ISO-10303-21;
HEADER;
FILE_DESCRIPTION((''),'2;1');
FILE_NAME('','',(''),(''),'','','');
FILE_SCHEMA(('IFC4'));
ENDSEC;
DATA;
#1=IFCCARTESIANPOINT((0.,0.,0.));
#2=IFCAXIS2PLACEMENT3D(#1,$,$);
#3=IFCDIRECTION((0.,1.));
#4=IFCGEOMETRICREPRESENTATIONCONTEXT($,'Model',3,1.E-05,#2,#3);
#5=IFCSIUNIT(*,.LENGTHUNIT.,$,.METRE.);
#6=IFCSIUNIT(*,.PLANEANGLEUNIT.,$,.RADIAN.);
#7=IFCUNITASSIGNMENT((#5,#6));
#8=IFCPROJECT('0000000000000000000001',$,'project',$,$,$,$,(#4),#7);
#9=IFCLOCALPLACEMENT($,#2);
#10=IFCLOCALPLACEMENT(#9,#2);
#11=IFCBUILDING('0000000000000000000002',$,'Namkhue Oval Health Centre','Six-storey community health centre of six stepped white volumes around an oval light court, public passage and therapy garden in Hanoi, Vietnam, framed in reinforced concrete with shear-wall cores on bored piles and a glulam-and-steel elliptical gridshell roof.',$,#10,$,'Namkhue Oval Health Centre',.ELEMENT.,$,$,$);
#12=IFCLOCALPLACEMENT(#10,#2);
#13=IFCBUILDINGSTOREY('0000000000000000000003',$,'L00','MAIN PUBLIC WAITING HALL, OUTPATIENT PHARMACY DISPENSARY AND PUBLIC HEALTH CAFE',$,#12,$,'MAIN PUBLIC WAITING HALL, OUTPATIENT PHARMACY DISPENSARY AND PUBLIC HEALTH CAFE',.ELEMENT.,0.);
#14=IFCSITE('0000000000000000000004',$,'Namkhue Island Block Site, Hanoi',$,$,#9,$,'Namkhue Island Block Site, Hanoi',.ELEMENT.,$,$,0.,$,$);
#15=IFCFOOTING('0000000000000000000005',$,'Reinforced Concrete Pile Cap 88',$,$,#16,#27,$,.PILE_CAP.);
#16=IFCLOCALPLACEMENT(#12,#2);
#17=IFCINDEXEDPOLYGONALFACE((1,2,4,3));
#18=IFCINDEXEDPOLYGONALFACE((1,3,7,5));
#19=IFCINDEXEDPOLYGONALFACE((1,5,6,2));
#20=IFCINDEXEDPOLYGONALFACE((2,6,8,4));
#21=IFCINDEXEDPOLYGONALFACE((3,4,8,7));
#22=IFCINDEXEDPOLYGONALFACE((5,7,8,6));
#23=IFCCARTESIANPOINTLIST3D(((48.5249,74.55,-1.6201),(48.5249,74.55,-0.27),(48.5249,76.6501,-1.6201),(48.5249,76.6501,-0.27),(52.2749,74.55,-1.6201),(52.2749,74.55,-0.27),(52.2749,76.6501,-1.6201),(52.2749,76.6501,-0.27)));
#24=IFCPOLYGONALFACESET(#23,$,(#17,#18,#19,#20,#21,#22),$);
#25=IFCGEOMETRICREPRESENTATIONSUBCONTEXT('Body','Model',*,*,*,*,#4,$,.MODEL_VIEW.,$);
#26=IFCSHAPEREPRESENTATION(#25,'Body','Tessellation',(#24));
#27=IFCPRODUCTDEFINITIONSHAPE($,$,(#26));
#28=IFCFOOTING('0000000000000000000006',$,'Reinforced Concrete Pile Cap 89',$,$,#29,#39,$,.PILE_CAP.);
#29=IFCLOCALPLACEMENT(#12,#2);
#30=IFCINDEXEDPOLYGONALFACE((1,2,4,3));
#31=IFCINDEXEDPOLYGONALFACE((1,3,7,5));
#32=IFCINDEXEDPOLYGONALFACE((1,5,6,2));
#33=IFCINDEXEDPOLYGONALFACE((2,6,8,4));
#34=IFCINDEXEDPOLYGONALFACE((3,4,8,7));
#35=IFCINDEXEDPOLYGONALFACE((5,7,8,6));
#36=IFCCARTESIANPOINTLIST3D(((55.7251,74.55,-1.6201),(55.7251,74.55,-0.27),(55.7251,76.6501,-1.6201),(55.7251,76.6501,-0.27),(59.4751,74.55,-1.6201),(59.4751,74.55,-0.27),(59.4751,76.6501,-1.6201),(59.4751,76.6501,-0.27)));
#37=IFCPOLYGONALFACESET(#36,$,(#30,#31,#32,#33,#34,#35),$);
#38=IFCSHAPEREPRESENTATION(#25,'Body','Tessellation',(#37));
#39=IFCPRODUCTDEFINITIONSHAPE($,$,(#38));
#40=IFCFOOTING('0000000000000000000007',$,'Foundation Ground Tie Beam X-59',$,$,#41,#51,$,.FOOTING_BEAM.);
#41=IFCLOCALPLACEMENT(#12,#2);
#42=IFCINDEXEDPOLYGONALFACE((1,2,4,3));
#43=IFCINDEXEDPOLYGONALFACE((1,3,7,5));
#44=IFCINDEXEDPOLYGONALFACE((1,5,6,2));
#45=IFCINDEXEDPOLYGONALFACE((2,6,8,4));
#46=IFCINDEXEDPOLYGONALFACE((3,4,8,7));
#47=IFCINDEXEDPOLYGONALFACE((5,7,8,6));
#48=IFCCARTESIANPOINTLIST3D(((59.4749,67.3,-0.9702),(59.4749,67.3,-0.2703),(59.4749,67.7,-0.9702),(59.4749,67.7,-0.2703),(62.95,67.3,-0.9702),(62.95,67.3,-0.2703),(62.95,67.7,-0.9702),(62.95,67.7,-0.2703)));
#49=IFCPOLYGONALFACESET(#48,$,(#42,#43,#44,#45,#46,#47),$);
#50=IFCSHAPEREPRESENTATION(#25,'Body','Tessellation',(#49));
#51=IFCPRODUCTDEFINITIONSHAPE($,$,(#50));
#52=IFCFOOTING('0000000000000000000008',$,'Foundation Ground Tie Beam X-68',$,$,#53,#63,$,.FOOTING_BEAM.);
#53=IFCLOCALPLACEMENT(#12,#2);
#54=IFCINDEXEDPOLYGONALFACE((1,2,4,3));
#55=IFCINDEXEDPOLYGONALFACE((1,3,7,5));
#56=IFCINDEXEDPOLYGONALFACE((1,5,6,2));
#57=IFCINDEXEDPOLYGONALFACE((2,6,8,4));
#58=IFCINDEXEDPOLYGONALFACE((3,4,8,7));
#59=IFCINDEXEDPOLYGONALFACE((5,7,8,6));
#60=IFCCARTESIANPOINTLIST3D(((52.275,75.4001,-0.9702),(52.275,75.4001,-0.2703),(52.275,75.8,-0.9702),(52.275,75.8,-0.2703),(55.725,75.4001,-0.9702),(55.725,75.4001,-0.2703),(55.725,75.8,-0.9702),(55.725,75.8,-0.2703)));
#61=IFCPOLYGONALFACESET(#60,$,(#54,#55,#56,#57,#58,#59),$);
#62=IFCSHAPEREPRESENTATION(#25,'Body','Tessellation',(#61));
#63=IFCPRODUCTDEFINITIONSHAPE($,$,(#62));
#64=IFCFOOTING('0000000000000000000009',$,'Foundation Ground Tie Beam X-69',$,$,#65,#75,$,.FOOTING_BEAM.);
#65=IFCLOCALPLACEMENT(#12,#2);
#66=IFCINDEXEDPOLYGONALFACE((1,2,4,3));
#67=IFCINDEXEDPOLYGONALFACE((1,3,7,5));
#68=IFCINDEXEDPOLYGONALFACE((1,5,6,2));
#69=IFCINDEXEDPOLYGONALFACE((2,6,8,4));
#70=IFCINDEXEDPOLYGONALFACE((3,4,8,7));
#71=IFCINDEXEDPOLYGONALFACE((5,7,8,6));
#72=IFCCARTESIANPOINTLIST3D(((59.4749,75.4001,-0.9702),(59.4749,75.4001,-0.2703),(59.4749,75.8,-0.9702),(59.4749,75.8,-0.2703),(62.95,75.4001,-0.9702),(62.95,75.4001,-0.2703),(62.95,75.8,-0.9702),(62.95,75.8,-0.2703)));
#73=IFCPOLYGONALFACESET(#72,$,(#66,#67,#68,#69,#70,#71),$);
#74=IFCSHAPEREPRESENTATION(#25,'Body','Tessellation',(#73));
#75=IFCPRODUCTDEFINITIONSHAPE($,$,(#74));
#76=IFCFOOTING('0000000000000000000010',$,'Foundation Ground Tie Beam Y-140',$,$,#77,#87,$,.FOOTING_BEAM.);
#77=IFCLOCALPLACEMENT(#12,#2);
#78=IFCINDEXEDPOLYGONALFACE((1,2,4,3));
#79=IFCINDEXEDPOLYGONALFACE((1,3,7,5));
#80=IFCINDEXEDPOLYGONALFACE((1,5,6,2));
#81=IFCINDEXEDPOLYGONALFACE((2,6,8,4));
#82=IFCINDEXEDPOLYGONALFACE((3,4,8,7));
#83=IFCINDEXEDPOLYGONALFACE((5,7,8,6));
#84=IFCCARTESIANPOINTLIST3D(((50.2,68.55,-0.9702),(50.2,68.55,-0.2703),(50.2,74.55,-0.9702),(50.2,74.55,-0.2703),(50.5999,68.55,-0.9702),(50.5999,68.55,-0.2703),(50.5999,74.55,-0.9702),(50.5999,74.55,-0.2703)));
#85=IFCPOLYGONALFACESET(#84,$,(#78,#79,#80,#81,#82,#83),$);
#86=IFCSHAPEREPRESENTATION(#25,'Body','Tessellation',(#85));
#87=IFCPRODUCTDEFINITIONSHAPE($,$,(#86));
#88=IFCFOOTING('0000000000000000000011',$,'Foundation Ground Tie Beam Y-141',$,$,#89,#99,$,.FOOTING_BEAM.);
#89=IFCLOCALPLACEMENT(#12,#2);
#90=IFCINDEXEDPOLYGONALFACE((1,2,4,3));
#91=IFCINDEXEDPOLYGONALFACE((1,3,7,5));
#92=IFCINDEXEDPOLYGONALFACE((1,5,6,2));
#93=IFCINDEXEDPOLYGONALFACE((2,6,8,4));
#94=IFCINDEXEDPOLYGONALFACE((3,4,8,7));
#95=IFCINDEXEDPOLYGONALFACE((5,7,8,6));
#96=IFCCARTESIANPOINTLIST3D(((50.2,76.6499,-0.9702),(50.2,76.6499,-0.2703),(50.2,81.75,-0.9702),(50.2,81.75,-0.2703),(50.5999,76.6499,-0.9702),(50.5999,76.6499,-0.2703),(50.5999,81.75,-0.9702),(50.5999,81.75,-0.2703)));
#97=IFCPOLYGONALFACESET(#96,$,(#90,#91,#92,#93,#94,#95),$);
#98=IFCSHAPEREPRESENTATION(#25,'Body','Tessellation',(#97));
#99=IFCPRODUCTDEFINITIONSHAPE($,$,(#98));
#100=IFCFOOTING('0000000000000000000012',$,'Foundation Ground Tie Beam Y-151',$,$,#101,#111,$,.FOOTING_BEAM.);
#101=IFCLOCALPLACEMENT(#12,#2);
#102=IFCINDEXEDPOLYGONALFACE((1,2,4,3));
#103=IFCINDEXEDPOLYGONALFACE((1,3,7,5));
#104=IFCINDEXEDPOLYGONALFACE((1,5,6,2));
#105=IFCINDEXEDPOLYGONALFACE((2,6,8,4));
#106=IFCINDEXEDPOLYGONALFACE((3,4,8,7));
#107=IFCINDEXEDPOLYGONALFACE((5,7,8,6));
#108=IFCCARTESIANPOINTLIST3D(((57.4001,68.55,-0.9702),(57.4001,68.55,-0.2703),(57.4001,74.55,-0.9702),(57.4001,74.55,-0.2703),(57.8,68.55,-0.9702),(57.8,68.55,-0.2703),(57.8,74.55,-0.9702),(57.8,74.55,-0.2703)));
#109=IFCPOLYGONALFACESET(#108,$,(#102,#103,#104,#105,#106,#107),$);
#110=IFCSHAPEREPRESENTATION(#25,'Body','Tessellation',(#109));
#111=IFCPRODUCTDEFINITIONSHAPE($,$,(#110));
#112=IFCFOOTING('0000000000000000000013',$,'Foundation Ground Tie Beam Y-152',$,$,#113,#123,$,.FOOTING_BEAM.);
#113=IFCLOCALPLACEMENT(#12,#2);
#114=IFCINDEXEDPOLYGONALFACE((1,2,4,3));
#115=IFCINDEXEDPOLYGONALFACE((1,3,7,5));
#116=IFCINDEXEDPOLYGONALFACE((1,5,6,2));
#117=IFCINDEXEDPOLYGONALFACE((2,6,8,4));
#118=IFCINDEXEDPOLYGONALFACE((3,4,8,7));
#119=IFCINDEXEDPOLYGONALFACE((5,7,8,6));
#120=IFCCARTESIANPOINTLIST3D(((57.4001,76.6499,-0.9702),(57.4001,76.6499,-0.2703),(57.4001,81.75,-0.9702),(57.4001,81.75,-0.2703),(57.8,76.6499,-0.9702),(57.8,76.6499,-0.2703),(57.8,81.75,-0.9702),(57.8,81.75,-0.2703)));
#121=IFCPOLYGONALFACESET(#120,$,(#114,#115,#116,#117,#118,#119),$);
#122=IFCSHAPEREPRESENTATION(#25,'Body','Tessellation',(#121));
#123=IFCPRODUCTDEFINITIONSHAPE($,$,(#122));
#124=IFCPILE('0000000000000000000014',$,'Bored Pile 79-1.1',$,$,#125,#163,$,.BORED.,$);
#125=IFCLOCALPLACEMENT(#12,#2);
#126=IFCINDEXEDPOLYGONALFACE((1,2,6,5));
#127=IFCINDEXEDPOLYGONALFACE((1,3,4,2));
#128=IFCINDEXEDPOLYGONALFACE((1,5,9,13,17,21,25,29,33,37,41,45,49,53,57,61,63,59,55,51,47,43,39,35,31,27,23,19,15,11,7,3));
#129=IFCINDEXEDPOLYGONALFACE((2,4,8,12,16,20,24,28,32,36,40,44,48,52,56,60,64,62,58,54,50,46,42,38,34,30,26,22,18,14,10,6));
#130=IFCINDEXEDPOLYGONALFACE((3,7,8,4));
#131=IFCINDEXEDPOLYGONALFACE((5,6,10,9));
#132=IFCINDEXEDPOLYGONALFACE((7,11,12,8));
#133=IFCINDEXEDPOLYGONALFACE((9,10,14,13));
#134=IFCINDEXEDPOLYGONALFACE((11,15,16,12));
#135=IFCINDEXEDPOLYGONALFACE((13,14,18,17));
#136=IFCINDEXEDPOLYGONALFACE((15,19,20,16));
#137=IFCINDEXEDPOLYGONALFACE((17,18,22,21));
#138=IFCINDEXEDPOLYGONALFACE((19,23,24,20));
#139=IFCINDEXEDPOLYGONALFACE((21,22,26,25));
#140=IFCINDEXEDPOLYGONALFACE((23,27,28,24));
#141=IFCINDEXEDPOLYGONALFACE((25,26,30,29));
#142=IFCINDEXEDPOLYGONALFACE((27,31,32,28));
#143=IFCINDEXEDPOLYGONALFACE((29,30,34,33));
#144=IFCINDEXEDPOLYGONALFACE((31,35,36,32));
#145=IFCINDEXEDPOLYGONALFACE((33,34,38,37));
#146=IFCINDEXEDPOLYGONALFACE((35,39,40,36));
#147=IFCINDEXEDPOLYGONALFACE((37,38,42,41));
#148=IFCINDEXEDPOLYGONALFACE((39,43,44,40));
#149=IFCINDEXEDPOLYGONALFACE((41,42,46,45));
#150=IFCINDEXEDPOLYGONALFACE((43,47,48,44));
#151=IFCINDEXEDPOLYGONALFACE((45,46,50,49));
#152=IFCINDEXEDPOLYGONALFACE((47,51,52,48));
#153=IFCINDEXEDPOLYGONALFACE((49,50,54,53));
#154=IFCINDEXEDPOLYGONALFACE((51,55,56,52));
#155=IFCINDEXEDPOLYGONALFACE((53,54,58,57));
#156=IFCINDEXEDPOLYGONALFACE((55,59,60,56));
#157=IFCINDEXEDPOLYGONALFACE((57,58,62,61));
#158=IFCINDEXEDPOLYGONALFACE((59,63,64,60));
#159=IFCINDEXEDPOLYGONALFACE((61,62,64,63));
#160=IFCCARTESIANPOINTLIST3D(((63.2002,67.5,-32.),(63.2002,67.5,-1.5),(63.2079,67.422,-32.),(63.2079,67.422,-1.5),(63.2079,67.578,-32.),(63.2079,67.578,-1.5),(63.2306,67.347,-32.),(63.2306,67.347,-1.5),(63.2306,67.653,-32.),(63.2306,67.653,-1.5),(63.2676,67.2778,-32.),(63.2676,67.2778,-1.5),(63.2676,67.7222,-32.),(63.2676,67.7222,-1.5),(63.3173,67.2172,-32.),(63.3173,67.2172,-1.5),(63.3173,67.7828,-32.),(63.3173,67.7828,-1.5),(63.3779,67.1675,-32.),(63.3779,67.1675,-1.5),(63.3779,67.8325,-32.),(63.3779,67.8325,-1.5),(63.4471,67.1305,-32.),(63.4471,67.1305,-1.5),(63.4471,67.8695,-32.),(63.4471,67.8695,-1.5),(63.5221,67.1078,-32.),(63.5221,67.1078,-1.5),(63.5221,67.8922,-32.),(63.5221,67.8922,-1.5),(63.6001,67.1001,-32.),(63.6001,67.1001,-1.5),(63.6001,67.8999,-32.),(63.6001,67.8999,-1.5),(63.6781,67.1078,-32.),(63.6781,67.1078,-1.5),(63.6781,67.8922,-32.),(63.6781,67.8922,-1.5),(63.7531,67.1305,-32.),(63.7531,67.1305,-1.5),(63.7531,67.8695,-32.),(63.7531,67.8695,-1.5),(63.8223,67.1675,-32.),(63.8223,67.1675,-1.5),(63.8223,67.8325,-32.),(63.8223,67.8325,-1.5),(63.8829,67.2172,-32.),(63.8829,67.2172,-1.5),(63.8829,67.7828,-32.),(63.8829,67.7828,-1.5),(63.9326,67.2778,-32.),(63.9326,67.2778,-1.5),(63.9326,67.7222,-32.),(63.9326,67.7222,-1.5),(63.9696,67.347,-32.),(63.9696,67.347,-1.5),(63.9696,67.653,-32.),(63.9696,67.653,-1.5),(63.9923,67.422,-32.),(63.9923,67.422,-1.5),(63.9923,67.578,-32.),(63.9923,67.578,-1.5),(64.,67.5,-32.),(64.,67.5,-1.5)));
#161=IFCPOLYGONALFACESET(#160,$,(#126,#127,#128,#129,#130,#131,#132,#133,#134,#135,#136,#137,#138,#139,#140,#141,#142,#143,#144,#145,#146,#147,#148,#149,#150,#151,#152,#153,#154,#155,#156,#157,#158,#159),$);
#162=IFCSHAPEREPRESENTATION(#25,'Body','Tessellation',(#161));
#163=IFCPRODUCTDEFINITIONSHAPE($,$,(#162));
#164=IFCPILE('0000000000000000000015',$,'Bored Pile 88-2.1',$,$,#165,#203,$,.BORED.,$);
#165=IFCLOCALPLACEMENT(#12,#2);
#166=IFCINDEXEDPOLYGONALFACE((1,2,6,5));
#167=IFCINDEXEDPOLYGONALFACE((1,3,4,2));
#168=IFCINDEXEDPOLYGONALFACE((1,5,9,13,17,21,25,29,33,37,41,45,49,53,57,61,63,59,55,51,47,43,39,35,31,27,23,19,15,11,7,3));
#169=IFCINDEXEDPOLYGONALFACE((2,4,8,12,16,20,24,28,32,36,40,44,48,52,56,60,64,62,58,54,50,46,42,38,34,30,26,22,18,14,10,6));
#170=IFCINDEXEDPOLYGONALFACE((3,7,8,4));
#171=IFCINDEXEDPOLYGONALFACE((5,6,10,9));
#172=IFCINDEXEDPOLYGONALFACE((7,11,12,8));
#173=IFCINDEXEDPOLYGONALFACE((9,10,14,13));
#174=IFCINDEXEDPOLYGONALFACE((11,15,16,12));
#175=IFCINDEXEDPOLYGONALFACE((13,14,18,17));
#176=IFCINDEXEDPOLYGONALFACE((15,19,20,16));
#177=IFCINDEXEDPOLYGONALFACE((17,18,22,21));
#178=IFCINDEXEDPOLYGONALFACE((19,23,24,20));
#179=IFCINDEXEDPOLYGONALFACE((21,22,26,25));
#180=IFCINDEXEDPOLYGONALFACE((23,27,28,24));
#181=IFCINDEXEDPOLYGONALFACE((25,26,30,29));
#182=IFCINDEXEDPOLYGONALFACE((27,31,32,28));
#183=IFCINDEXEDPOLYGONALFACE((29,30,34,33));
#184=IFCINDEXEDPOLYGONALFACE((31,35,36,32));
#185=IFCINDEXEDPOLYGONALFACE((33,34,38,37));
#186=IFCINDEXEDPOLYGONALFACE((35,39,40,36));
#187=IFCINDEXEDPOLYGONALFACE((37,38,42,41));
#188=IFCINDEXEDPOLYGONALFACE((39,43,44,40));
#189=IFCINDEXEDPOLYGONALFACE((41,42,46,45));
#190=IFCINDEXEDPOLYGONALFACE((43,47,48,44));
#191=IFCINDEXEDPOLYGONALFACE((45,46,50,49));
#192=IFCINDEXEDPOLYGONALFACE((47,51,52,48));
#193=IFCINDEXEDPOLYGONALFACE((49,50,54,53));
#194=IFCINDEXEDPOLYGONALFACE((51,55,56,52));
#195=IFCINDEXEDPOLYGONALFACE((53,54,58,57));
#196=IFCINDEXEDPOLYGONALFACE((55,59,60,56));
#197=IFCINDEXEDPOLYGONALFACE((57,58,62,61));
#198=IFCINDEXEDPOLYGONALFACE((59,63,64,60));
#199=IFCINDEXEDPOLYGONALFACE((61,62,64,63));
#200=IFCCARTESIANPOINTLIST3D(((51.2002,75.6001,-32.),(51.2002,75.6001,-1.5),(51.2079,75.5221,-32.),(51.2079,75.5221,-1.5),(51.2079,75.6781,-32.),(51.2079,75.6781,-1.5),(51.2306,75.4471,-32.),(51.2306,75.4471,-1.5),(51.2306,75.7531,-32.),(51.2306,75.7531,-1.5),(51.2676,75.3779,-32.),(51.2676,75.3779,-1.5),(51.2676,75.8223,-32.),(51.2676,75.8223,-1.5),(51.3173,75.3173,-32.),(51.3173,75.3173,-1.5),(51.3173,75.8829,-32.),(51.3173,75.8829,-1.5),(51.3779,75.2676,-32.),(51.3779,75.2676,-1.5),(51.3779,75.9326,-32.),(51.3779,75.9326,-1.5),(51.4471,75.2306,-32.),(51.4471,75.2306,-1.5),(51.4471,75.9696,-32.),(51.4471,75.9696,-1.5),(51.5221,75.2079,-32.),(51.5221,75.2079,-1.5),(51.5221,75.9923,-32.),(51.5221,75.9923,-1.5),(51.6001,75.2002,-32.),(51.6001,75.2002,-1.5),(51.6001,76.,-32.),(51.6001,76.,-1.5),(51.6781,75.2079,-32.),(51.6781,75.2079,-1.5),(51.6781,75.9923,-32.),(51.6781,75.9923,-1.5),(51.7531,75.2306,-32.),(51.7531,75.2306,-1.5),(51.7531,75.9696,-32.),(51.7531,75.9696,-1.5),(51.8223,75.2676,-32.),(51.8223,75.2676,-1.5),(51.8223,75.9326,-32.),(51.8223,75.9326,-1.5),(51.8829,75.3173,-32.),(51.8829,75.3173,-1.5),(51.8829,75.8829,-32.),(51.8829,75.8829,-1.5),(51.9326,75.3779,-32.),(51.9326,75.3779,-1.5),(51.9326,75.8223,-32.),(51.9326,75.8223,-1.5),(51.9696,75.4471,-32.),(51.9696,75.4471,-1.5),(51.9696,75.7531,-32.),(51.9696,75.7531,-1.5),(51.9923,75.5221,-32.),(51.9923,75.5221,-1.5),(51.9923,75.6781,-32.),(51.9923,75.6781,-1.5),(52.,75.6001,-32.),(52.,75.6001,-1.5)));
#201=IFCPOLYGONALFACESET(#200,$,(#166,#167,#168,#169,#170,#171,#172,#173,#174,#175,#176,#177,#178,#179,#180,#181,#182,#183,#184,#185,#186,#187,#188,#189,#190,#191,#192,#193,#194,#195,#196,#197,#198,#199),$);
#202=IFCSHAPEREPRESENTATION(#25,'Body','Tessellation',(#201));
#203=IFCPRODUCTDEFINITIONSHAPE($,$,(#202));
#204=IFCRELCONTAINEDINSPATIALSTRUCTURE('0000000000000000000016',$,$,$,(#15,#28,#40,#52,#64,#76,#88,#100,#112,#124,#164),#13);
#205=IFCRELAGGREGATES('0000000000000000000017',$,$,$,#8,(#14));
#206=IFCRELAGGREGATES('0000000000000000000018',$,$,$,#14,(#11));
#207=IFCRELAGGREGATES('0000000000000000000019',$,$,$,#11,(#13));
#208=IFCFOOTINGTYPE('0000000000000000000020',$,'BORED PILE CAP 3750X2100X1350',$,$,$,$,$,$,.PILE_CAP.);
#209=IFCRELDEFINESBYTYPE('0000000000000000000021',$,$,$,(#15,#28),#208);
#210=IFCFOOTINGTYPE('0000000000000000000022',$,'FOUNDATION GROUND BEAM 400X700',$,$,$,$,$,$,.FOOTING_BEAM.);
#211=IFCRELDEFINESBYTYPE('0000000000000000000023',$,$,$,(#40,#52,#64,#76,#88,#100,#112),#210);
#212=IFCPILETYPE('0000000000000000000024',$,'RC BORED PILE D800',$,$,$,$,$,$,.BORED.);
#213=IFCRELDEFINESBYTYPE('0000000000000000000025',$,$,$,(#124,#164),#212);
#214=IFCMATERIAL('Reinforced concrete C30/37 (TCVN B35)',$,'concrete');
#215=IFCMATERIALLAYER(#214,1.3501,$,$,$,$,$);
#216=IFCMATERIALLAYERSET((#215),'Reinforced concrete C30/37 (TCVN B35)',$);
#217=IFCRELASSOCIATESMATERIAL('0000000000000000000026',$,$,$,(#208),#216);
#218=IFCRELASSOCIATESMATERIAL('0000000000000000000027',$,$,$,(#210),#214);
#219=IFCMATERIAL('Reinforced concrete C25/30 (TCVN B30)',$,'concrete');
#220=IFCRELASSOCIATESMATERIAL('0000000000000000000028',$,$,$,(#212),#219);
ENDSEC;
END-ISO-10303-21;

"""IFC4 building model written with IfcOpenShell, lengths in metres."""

from ifc_helpers import new_model, si_unit, direction, frame, origin, origin_2d, place, context, subcontext, project, spatial, rectangle, circle, extrude, material, layer, layer_set, material_profile, profile_set, type_object, element, save


model = new_model("IFC4")

# Units and contexts
model_context = context("Model", 3, precision=1e-05, world=origin(), true_north=direction((0.0, 1.0)))
body_context = subcontext(model_context, "Body", "Model", "MODEL_VIEW")
ifc_project = project(units=[si_unit("LENGTHUNIT", "METRE"), si_unit("PLANEANGLEUNIT", "RADIAN")], contexts=[model_context])

# Site, building, storey
site_placement = place(None, origin())
site = spatial("IfcSite", under=ifc_project, at=site_placement, Name="Namkhue Island Block Site, Hanoi", LongName="Namkhue Island Block Site, Hanoi", CompositionType="ELEMENT", RefElevation=0.0)
building_placement = place(site_placement, origin())
building = spatial("IfcBuilding", under=site, at=building_placement, Name="Namkhue Oval Health Centre", Description="Six-storey community health centre of six stepped white volumes around an oval light court, public passage and therapy garden in Hanoi, Vietnam, framed in reinforced concrete with shear-wall cores on bored piles and a glulam-and-steel elliptical gridshell roof.", LongName="Namkhue Oval Health Centre", CompositionType="ELEMENT")
storey_placement = place(building_placement, origin())
storey = spatial("IfcBuildingStorey", under=building, at=storey_placement, Name="L00", Description="MAIN PUBLIC WAITING HALL, OUTPATIENT PHARMACY DISPENSARY AND PUBLIC HEALTH CAFE", LongName="MAIN PUBLIC WAITING HALL, OUTPATIENT PHARMACY DISPENSARY AND PUBLIC HEALTH CAFE", CompositionType="ELEMENT", Elevation=0.0)

# Footings
ifc_material_1 = material(Name="Reinforced concrete C30/37 (TCVN B35)", Category="concrete")
ifc_layer_1 = layer(ifc_material_1, 1.3501)
ifc_layer_set_1 = layer_set([ifc_layer_1], Name="Reinforced concrete C30/37 (TCVN B35)")
footing_type_1 = type_object("IfcFootingType", Name="BORED PILE CAP 3750X2100X1350", PredefinedType="PILE_CAP", material=ifc_layer_set_1)
for number, where, z_axis, x_axis, name in (
    (1, (50.3999, 75.6001, -1.6201), (0.0, 0.0, 1.0), (1.0, 0.0, 0.0), "Reinforced Concrete Pile Cap 88"),
    (2, (57.6001, 75.6001, -1.6201), (0.0, 0.0, 1.0), (1.0, 0.0, 0.0), "Reinforced Concrete Pile Cap 89"),
):
    element("IfcFooting", number, at=place(storey_placement, frame(where, z_axis=z_axis, x_axis=x_axis)), inside=storey, type_object=footing_type_1, Name=name, PredefinedType="PILE_CAP", context=body_context, shape_type="SweptSolid", body=[
        extrude(rectangle(XDim=3.75, YDim=2.1001, at=origin_2d()), origin(), (0.0, 0.0, 1.0), 1.3501),
    ])
footing_type_2 = type_object("IfcFootingType", Name="FOUNDATION GROUND BEAM 400X700", PredefinedType="FOOTING_BEAM", material=ifc_material_1)
footing_1_placement = place(storey_placement, frame((61.2124, 67.5, -0.9702), z_axis=(0.0, 0.0, 1.0), x_axis=(1.0, 0.0, 0.0)))
element("IfcFooting", 3, at=footing_1_placement, inside=storey, type_object=footing_type_2, Name="Foundation Ground Tie Beam X-59", PredefinedType="FOOTING_BEAM", context=body_context, shape_type="SweptSolid", body=[
    extrude(rectangle(XDim=3.4751, YDim=0.3999, at=origin_2d()), origin(), (0.0, 0.0, 1.0), 0.7),
])
footing_2_placement = place(storey_placement, frame((54.0, 75.6001, -0.9702), z_axis=(0.0, 0.0, 1.0), x_axis=(1.0, 0.0, 0.0)))
element("IfcFooting", 4, at=footing_2_placement, inside=storey, type_object=footing_type_2, Name="Foundation Ground Tie Beam X-68", PredefinedType="FOOTING_BEAM", context=body_context, shape_type="SweptSolid", body=[
    extrude(rectangle(XDim=3.45, YDim=0.3999, at=origin_2d()), origin(), (0.0, 0.0, 1.0), 0.7),
])
footing_3_placement = place(storey_placement, frame((61.2124, 75.6001, -0.9702), z_axis=(0.0, 0.0, 1.0), x_axis=(1.0, 0.0, 0.0)))
element("IfcFooting", 5, at=footing_3_placement, inside=storey, type_object=footing_type_2, Name="Foundation Ground Tie Beam X-69", PredefinedType="FOOTING_BEAM", context=body_context, shape_type="SweptSolid", body=[
    extrude(rectangle(XDim=3.4751, YDim=0.3999, at=origin_2d()), origin(), (0.0, 0.0, 1.0), 0.7),
])
footing_4_placement = place(storey_placement, frame((50.3999, 71.55, -0.9702), z_axis=(0.0, 0.0, 1.0), x_axis=(0.0, 1.0, 0.0)))
element("IfcFooting", 6, at=footing_4_placement, inside=storey, type_object=footing_type_2, Name="Foundation Ground Tie Beam Y-140", PredefinedType="FOOTING_BEAM", context=body_context, shape_type="SweptSolid", body=[
    extrude(rectangle(XDim=6.0, YDim=0.3999, at=origin_2d()), origin(), (0.0, 0.0, 1.0), 0.7),
])
footing_5_placement = place(storey_placement, frame((50.3999, 79.2, -0.9702), z_axis=(0.0, 0.0, 1.0), x_axis=(0.0, 1.0, 0.0)))
element("IfcFooting", 7, at=footing_5_placement, inside=storey, type_object=footing_type_2, Name="Foundation Ground Tie Beam Y-141", PredefinedType="FOOTING_BEAM", context=body_context, shape_type="SweptSolid", body=[
    extrude(rectangle(XDim=5.1001, YDim=0.3999, at=origin_2d()), origin(), (0.0, 0.0, 1.0), 0.7),
])
footing_6_placement = place(storey_placement, frame((57.6001, 71.55, -0.9702), z_axis=(0.0, 0.0, 1.0), x_axis=(0.0, 1.0, 0.0)))
element("IfcFooting", 8, at=footing_6_placement, inside=storey, type_object=footing_type_2, Name="Foundation Ground Tie Beam Y-151", PredefinedType="FOOTING_BEAM", context=body_context, shape_type="SweptSolid", body=[
    extrude(rectangle(XDim=6.0, YDim=0.3999, at=origin_2d()), origin(), (0.0, 0.0, 1.0), 0.7),
])
footing_7_placement = place(storey_placement, frame((57.6001, 79.2, -0.9702), z_axis=(0.0, 0.0, 1.0), x_axis=(0.0, 1.0, 0.0)))
element("IfcFooting", 9, at=footing_7_placement, inside=storey, type_object=footing_type_2, Name="Foundation Ground Tie Beam Y-152", PredefinedType="FOOTING_BEAM", context=body_context, shape_type="SweptSolid", body=[
    extrude(rectangle(XDim=5.1001, YDim=0.3999, at=origin_2d()), origin(), (0.0, 0.0, 1.0), 0.7),
])

# Piles
ifc_material_2 = material(Name="Reinforced concrete C25/30 (TCVN B30)", Category="concrete")
ifc_material_profile_1 = material_profile(ifc_material_2, circle(Radius=0.3999, at=origin_2d()), Name="BORED PILE D800")
ifc_profile_set_1 = profile_set([ifc_material_profile_1], Name="Reinforced concrete C25/30 (TCVN B30)")
pile_type = type_object("IfcPileType", Name="RC BORED PILE D800", PredefinedType="BORED", material=ifc_profile_set_1)
for number, where, z_axis, x_axis, name in (
    (10, (63.6001, 67.5, -1.5), (0.0, 0.0, -1.0), (1.0, 0.0, 0.0), "Bored Pile 79-1.1"),
    (11, (51.6001, 75.6001, -1.5), (0.0, 0.0, -1.0), (1.0, 0.0, 0.0), "Bored Pile 88-2.1"),
):
    element("IfcPile", number, at=place(storey_placement, frame(where, z_axis=z_axis, x_axis=x_axis)), inside=storey, type_object=pile_type, Name=name, PredefinedType="BORED", context=body_context, shape_type="SweptSolid", body=[
        extrude(circle(Radius=0.3999, at=origin_2d()), origin(), (0.0, 0.0, 1.0), 30.5),
    ])

save(model, "model.ifc")
